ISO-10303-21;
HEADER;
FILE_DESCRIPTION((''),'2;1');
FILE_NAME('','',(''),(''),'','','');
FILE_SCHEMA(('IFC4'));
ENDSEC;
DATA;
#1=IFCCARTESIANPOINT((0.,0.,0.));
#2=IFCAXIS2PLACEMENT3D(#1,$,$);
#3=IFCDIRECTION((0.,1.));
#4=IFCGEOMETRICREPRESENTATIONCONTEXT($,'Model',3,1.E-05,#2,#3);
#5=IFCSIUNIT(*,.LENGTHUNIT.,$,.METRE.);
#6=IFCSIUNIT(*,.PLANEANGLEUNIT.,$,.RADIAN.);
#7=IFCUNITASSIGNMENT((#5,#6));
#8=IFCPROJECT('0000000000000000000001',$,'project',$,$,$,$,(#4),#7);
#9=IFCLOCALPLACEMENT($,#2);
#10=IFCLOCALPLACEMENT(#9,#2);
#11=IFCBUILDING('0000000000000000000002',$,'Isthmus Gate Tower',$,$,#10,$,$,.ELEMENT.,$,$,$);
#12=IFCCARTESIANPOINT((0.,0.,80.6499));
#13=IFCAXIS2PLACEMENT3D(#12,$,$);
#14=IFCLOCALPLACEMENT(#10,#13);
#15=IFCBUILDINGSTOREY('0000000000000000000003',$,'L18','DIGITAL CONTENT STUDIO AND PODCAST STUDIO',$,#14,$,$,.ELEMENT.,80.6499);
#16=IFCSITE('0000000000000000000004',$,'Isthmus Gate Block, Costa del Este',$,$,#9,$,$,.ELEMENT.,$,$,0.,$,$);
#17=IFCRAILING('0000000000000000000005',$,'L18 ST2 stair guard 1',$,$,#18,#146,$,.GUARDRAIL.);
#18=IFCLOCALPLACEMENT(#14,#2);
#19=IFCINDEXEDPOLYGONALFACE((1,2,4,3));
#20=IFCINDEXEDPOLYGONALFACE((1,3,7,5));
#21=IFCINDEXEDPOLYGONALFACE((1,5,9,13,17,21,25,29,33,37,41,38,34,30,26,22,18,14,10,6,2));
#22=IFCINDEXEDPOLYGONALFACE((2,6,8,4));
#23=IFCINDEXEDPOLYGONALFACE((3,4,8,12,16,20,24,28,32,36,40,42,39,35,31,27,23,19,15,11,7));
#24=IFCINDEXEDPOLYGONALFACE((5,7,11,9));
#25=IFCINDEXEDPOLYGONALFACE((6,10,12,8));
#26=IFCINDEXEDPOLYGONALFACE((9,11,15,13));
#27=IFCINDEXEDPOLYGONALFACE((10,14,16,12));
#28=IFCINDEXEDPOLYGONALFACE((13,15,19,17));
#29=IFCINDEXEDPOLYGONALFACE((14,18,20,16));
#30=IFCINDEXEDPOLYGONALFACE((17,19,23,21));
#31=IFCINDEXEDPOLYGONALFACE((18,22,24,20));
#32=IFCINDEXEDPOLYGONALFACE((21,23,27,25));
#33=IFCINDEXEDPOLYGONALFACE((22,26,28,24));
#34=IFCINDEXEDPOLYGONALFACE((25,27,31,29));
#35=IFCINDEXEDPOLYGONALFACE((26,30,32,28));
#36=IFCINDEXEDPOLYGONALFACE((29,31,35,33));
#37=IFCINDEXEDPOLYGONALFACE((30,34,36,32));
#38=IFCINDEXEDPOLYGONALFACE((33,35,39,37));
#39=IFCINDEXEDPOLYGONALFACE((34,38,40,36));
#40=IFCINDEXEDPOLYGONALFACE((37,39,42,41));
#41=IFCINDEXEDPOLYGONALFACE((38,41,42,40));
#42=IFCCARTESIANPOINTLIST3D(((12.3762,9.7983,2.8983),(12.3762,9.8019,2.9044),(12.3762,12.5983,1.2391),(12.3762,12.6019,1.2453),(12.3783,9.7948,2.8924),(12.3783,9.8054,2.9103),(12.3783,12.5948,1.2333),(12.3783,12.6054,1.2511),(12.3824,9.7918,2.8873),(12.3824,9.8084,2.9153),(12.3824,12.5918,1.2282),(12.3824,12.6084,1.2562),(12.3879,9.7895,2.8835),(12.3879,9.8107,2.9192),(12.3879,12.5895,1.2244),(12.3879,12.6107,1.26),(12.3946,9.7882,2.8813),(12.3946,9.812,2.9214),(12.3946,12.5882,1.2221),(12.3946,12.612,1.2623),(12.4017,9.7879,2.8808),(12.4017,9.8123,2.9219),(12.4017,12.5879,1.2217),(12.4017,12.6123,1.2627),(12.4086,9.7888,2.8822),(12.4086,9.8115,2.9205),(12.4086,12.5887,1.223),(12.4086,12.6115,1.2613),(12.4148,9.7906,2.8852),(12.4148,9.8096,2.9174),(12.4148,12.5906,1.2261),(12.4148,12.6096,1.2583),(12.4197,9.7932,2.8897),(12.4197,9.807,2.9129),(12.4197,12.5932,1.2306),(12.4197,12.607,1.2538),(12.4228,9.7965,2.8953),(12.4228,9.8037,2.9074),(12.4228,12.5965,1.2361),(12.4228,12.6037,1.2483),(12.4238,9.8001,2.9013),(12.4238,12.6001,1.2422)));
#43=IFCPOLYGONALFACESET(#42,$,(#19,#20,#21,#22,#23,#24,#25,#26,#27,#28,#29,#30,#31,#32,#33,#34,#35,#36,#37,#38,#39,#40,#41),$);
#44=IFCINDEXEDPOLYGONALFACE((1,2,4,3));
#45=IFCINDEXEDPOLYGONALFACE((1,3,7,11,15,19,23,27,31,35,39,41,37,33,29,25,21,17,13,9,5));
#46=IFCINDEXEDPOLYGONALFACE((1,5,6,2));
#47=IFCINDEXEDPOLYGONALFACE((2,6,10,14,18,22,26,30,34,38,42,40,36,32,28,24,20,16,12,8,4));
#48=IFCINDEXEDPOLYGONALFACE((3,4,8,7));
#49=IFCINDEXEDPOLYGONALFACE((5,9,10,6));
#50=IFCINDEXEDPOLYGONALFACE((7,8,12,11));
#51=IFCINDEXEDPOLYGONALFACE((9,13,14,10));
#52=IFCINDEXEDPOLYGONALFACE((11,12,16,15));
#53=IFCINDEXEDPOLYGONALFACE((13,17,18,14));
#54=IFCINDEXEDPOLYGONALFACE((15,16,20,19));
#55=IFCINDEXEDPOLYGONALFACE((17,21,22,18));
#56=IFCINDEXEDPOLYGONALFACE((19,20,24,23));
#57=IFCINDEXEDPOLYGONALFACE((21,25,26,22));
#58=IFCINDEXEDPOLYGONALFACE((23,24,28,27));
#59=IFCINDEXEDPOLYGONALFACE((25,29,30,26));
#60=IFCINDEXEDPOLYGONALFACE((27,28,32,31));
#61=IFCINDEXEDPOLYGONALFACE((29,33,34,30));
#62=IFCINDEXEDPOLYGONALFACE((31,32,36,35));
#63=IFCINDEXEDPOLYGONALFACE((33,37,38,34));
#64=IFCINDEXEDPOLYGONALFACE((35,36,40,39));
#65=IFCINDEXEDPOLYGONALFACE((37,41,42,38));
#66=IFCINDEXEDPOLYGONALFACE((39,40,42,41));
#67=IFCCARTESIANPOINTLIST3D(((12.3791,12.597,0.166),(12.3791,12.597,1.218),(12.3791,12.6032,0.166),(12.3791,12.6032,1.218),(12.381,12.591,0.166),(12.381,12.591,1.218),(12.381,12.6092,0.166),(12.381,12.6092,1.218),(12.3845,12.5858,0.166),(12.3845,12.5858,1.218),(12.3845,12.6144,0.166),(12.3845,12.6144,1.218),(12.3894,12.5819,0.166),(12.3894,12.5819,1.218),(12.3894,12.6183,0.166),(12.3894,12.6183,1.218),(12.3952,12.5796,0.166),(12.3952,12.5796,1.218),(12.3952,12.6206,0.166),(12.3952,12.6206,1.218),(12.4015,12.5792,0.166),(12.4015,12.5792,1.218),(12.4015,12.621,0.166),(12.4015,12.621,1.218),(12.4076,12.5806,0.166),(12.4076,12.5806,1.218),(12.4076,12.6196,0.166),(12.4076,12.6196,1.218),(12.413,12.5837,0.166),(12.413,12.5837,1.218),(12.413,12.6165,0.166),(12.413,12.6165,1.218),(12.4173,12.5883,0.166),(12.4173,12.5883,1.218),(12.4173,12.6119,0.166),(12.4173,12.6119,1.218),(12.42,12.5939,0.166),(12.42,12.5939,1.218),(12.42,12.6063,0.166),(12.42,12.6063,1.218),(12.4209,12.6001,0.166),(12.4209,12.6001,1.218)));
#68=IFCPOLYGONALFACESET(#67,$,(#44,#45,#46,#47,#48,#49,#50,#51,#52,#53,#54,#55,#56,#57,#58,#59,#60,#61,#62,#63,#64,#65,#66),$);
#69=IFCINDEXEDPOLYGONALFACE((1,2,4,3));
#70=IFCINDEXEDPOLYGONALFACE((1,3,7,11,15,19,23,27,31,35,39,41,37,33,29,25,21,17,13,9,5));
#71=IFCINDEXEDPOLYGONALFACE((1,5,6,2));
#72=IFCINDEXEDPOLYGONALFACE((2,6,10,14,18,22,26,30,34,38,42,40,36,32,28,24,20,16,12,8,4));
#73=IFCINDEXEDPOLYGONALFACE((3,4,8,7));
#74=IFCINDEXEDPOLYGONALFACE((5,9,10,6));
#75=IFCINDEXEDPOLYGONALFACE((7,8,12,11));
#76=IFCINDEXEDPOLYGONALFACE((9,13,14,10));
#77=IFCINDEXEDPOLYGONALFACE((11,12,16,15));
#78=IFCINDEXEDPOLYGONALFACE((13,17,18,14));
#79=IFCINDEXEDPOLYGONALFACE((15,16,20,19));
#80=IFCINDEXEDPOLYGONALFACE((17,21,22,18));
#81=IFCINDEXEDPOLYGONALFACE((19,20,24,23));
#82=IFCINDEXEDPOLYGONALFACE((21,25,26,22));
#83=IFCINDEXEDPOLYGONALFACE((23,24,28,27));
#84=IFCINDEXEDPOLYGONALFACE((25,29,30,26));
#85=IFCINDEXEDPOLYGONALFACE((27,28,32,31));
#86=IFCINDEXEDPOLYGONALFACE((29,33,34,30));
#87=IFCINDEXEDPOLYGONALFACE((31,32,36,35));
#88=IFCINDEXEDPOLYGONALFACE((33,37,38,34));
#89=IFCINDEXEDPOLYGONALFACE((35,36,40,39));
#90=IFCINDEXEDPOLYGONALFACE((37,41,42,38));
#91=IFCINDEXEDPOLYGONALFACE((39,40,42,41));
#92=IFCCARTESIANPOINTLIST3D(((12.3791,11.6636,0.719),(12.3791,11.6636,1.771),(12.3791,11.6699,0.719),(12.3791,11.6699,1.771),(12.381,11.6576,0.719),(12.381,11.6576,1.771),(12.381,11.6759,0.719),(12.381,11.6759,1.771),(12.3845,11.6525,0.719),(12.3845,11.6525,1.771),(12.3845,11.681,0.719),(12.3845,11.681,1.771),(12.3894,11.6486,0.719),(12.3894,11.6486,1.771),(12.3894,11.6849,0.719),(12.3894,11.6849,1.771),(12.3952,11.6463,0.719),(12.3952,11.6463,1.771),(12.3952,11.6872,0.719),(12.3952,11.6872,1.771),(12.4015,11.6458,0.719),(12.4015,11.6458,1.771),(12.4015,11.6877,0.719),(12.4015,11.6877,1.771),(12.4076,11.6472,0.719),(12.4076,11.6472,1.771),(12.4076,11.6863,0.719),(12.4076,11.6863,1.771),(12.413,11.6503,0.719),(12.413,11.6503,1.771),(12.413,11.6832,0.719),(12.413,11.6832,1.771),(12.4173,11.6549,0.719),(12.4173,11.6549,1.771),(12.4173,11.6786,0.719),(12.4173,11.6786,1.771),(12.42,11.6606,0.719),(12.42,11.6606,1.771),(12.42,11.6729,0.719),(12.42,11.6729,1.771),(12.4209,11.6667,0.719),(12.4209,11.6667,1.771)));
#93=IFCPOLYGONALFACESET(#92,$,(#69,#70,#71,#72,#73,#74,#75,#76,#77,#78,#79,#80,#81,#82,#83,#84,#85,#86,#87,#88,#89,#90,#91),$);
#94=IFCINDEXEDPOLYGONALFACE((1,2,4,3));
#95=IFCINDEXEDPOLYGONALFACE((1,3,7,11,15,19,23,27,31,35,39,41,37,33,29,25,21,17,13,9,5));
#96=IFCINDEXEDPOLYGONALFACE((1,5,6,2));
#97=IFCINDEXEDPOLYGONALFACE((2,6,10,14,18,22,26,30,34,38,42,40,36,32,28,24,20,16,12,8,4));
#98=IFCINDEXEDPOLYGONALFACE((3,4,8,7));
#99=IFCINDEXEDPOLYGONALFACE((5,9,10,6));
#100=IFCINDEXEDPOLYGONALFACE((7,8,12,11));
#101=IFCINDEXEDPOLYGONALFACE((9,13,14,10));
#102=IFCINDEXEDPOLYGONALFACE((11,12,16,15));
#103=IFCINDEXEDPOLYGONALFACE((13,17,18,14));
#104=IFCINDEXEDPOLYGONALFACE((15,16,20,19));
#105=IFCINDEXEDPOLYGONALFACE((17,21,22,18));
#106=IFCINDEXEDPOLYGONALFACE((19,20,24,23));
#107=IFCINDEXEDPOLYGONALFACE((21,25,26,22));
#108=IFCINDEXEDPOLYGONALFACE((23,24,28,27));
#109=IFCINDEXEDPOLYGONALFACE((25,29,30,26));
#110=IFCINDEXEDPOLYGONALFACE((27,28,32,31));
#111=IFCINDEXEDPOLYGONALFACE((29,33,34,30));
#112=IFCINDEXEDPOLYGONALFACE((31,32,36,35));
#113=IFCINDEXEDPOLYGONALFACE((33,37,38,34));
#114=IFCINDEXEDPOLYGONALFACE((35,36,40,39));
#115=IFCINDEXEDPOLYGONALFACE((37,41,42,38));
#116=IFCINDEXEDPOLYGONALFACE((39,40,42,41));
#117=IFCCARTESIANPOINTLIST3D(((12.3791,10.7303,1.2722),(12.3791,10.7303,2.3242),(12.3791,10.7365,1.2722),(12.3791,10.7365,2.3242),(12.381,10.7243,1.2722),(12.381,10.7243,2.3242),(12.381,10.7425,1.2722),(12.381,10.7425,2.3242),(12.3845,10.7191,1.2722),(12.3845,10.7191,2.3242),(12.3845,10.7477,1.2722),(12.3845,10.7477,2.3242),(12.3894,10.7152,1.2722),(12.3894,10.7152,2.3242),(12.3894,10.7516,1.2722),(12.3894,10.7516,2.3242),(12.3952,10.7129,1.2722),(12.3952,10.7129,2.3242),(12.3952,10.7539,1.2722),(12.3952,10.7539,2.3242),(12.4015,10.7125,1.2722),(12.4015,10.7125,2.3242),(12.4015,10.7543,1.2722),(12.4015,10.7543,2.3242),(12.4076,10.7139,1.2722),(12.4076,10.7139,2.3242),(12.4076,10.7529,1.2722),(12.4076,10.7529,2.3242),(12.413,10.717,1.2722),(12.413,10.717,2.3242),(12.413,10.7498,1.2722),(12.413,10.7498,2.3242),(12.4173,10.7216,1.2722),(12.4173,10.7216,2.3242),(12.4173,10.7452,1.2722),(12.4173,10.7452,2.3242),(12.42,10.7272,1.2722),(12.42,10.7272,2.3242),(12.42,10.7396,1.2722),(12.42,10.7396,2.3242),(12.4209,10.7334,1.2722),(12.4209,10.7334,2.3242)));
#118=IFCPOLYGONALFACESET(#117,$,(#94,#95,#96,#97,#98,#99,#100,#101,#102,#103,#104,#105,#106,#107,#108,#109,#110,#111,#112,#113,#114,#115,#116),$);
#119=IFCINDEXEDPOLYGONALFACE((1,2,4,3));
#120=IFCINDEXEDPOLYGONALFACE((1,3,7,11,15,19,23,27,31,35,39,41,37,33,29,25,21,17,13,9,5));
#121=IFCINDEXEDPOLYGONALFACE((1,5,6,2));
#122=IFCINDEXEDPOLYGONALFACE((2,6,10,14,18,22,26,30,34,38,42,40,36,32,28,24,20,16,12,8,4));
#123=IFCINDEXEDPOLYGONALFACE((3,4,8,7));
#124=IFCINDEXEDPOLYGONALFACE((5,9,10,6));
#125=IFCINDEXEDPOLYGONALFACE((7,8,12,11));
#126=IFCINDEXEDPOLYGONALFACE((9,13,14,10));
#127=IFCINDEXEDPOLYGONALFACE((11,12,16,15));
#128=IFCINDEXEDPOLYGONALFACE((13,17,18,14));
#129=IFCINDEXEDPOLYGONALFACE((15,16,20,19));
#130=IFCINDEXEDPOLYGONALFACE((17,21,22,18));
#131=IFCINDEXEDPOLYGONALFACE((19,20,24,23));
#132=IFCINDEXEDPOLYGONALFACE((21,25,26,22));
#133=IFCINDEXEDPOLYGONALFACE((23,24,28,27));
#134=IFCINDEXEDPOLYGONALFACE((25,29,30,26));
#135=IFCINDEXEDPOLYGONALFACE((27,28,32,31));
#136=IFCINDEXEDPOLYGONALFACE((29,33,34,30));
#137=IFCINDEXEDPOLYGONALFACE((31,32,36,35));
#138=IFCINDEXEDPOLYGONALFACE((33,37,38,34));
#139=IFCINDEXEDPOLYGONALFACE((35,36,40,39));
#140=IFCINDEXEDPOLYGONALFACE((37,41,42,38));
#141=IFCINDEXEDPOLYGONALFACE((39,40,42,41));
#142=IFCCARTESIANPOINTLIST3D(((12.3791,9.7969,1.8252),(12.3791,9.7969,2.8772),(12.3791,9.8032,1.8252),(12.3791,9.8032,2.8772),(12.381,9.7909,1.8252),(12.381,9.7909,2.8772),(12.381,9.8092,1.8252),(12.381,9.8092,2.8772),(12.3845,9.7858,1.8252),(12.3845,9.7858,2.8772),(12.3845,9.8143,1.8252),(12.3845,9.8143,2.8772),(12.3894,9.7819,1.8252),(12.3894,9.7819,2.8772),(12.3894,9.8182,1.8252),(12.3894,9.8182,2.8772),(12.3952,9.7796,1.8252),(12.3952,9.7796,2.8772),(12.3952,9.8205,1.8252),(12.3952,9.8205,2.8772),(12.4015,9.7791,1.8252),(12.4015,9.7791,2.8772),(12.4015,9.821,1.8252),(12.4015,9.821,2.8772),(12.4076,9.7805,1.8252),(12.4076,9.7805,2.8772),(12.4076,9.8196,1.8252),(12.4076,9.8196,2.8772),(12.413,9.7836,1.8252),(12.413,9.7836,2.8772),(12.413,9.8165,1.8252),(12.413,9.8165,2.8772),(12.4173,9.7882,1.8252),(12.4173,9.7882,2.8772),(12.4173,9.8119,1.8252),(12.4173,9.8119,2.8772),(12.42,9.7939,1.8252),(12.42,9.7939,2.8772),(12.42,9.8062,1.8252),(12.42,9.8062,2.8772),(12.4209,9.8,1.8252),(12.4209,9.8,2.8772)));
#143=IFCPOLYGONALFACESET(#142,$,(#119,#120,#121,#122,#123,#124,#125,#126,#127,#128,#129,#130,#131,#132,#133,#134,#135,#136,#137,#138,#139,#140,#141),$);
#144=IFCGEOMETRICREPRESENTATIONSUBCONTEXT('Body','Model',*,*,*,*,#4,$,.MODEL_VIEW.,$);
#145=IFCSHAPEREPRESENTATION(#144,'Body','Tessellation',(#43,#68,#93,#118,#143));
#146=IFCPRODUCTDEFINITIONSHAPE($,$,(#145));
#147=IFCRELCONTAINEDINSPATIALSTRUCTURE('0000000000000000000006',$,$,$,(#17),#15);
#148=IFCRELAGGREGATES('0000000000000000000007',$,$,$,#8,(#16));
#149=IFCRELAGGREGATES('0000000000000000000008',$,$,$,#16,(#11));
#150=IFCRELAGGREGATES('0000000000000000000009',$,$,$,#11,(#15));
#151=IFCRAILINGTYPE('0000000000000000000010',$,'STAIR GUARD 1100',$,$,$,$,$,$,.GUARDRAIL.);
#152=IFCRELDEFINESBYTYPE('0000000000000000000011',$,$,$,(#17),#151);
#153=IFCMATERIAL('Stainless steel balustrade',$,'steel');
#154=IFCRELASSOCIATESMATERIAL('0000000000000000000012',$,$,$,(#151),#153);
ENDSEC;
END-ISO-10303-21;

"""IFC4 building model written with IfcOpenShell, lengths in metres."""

from ifc_helpers import new_model, si_unit, direction, frame, origin, origin_2d, place, context, subcontext, project, spatial, circle, extrude, material, type_object, element, save


model = new_model("IFC4")

# Units and contexts
model_context = context("Model", 3, precision=1e-05, world=origin(), true_north=direction((0.0, 1.0)))
body_context = subcontext(model_context, "Body", "Model", "MODEL_VIEW")
ifc_project = project(units=[si_unit("LENGTHUNIT", "METRE"), si_unit("PLANEANGLEUNIT", "RADIAN")], contexts=[model_context])

# Site, building, storey
site_placement = place(None, origin())
site = spatial("IfcSite", under=ifc_project, at=site_placement, Name="Isthmus Gate Block, Costa del Este", CompositionType="ELEMENT", RefElevation=0.0)
building_placement = place(site_placement, origin())
building = spatial("IfcBuilding", under=site, at=building_placement, Name="Isthmus Gate Tower", CompositionType="ELEMENT")
storey_placement = place(building_placement, frame((0.0, 0.0, 80.6499)))
storey = spatial("IfcBuildingStorey", under=building, at=storey_placement, Name="L18", Description="DIGITAL CONTENT STUDIO AND PODCAST STUDIO", CompositionType="ELEMENT", Elevation=80.6499)

# Railing
ifc_material_1 = material(Name="Stainless steel balustrade", Category="steel")
railing_type_1 = type_object("IfcRailingType", Name="STAIR GUARD 1100", PredefinedType="GUARDRAIL", material=ifc_material_1)
railing_1_placement = place(storey_placement, frame((12.3999, 12.6001, 0.166)))
element("IfcRailing", 1, at=railing_1_placement, inside=storey, type_object=railing_type_1, Name="L18 ST2 stair guard 1", PredefinedType="GUARDRAIL", context=body_context, shape_type="SweptSolid", body=[
    extrude(circle(Radius=0.0239, at=origin_2d()), frame((0.0, 0.0, 1.0762), z_axis=(0.0, -0.860306, 0.509778), x_axis=(1.0, 0.0, 0.0)), (0.0, 0.0, 1.0), 3.2546),
    extrude(circle(Radius=0.021, at=origin_2d()), origin(), (0.0, 0.0, 1.0), 1.052),
    extrude(circle(Radius=0.021, at=origin_2d()), frame((0.0, -0.9333, 0.553)), (0.0, 0.0, 1.0), 1.052),
    extrude(circle(Radius=0.021, at=origin_2d()), frame((0.0, -1.8667, 1.1062)), (0.0, 0.0, 1.0), 1.052),
    extrude(circle(Radius=0.021, at=origin_2d()), frame((0.0, -2.8, 1.6592)), (0.0, 0.0, 1.0), 1.052),
])

save(model, "model.ifc")
